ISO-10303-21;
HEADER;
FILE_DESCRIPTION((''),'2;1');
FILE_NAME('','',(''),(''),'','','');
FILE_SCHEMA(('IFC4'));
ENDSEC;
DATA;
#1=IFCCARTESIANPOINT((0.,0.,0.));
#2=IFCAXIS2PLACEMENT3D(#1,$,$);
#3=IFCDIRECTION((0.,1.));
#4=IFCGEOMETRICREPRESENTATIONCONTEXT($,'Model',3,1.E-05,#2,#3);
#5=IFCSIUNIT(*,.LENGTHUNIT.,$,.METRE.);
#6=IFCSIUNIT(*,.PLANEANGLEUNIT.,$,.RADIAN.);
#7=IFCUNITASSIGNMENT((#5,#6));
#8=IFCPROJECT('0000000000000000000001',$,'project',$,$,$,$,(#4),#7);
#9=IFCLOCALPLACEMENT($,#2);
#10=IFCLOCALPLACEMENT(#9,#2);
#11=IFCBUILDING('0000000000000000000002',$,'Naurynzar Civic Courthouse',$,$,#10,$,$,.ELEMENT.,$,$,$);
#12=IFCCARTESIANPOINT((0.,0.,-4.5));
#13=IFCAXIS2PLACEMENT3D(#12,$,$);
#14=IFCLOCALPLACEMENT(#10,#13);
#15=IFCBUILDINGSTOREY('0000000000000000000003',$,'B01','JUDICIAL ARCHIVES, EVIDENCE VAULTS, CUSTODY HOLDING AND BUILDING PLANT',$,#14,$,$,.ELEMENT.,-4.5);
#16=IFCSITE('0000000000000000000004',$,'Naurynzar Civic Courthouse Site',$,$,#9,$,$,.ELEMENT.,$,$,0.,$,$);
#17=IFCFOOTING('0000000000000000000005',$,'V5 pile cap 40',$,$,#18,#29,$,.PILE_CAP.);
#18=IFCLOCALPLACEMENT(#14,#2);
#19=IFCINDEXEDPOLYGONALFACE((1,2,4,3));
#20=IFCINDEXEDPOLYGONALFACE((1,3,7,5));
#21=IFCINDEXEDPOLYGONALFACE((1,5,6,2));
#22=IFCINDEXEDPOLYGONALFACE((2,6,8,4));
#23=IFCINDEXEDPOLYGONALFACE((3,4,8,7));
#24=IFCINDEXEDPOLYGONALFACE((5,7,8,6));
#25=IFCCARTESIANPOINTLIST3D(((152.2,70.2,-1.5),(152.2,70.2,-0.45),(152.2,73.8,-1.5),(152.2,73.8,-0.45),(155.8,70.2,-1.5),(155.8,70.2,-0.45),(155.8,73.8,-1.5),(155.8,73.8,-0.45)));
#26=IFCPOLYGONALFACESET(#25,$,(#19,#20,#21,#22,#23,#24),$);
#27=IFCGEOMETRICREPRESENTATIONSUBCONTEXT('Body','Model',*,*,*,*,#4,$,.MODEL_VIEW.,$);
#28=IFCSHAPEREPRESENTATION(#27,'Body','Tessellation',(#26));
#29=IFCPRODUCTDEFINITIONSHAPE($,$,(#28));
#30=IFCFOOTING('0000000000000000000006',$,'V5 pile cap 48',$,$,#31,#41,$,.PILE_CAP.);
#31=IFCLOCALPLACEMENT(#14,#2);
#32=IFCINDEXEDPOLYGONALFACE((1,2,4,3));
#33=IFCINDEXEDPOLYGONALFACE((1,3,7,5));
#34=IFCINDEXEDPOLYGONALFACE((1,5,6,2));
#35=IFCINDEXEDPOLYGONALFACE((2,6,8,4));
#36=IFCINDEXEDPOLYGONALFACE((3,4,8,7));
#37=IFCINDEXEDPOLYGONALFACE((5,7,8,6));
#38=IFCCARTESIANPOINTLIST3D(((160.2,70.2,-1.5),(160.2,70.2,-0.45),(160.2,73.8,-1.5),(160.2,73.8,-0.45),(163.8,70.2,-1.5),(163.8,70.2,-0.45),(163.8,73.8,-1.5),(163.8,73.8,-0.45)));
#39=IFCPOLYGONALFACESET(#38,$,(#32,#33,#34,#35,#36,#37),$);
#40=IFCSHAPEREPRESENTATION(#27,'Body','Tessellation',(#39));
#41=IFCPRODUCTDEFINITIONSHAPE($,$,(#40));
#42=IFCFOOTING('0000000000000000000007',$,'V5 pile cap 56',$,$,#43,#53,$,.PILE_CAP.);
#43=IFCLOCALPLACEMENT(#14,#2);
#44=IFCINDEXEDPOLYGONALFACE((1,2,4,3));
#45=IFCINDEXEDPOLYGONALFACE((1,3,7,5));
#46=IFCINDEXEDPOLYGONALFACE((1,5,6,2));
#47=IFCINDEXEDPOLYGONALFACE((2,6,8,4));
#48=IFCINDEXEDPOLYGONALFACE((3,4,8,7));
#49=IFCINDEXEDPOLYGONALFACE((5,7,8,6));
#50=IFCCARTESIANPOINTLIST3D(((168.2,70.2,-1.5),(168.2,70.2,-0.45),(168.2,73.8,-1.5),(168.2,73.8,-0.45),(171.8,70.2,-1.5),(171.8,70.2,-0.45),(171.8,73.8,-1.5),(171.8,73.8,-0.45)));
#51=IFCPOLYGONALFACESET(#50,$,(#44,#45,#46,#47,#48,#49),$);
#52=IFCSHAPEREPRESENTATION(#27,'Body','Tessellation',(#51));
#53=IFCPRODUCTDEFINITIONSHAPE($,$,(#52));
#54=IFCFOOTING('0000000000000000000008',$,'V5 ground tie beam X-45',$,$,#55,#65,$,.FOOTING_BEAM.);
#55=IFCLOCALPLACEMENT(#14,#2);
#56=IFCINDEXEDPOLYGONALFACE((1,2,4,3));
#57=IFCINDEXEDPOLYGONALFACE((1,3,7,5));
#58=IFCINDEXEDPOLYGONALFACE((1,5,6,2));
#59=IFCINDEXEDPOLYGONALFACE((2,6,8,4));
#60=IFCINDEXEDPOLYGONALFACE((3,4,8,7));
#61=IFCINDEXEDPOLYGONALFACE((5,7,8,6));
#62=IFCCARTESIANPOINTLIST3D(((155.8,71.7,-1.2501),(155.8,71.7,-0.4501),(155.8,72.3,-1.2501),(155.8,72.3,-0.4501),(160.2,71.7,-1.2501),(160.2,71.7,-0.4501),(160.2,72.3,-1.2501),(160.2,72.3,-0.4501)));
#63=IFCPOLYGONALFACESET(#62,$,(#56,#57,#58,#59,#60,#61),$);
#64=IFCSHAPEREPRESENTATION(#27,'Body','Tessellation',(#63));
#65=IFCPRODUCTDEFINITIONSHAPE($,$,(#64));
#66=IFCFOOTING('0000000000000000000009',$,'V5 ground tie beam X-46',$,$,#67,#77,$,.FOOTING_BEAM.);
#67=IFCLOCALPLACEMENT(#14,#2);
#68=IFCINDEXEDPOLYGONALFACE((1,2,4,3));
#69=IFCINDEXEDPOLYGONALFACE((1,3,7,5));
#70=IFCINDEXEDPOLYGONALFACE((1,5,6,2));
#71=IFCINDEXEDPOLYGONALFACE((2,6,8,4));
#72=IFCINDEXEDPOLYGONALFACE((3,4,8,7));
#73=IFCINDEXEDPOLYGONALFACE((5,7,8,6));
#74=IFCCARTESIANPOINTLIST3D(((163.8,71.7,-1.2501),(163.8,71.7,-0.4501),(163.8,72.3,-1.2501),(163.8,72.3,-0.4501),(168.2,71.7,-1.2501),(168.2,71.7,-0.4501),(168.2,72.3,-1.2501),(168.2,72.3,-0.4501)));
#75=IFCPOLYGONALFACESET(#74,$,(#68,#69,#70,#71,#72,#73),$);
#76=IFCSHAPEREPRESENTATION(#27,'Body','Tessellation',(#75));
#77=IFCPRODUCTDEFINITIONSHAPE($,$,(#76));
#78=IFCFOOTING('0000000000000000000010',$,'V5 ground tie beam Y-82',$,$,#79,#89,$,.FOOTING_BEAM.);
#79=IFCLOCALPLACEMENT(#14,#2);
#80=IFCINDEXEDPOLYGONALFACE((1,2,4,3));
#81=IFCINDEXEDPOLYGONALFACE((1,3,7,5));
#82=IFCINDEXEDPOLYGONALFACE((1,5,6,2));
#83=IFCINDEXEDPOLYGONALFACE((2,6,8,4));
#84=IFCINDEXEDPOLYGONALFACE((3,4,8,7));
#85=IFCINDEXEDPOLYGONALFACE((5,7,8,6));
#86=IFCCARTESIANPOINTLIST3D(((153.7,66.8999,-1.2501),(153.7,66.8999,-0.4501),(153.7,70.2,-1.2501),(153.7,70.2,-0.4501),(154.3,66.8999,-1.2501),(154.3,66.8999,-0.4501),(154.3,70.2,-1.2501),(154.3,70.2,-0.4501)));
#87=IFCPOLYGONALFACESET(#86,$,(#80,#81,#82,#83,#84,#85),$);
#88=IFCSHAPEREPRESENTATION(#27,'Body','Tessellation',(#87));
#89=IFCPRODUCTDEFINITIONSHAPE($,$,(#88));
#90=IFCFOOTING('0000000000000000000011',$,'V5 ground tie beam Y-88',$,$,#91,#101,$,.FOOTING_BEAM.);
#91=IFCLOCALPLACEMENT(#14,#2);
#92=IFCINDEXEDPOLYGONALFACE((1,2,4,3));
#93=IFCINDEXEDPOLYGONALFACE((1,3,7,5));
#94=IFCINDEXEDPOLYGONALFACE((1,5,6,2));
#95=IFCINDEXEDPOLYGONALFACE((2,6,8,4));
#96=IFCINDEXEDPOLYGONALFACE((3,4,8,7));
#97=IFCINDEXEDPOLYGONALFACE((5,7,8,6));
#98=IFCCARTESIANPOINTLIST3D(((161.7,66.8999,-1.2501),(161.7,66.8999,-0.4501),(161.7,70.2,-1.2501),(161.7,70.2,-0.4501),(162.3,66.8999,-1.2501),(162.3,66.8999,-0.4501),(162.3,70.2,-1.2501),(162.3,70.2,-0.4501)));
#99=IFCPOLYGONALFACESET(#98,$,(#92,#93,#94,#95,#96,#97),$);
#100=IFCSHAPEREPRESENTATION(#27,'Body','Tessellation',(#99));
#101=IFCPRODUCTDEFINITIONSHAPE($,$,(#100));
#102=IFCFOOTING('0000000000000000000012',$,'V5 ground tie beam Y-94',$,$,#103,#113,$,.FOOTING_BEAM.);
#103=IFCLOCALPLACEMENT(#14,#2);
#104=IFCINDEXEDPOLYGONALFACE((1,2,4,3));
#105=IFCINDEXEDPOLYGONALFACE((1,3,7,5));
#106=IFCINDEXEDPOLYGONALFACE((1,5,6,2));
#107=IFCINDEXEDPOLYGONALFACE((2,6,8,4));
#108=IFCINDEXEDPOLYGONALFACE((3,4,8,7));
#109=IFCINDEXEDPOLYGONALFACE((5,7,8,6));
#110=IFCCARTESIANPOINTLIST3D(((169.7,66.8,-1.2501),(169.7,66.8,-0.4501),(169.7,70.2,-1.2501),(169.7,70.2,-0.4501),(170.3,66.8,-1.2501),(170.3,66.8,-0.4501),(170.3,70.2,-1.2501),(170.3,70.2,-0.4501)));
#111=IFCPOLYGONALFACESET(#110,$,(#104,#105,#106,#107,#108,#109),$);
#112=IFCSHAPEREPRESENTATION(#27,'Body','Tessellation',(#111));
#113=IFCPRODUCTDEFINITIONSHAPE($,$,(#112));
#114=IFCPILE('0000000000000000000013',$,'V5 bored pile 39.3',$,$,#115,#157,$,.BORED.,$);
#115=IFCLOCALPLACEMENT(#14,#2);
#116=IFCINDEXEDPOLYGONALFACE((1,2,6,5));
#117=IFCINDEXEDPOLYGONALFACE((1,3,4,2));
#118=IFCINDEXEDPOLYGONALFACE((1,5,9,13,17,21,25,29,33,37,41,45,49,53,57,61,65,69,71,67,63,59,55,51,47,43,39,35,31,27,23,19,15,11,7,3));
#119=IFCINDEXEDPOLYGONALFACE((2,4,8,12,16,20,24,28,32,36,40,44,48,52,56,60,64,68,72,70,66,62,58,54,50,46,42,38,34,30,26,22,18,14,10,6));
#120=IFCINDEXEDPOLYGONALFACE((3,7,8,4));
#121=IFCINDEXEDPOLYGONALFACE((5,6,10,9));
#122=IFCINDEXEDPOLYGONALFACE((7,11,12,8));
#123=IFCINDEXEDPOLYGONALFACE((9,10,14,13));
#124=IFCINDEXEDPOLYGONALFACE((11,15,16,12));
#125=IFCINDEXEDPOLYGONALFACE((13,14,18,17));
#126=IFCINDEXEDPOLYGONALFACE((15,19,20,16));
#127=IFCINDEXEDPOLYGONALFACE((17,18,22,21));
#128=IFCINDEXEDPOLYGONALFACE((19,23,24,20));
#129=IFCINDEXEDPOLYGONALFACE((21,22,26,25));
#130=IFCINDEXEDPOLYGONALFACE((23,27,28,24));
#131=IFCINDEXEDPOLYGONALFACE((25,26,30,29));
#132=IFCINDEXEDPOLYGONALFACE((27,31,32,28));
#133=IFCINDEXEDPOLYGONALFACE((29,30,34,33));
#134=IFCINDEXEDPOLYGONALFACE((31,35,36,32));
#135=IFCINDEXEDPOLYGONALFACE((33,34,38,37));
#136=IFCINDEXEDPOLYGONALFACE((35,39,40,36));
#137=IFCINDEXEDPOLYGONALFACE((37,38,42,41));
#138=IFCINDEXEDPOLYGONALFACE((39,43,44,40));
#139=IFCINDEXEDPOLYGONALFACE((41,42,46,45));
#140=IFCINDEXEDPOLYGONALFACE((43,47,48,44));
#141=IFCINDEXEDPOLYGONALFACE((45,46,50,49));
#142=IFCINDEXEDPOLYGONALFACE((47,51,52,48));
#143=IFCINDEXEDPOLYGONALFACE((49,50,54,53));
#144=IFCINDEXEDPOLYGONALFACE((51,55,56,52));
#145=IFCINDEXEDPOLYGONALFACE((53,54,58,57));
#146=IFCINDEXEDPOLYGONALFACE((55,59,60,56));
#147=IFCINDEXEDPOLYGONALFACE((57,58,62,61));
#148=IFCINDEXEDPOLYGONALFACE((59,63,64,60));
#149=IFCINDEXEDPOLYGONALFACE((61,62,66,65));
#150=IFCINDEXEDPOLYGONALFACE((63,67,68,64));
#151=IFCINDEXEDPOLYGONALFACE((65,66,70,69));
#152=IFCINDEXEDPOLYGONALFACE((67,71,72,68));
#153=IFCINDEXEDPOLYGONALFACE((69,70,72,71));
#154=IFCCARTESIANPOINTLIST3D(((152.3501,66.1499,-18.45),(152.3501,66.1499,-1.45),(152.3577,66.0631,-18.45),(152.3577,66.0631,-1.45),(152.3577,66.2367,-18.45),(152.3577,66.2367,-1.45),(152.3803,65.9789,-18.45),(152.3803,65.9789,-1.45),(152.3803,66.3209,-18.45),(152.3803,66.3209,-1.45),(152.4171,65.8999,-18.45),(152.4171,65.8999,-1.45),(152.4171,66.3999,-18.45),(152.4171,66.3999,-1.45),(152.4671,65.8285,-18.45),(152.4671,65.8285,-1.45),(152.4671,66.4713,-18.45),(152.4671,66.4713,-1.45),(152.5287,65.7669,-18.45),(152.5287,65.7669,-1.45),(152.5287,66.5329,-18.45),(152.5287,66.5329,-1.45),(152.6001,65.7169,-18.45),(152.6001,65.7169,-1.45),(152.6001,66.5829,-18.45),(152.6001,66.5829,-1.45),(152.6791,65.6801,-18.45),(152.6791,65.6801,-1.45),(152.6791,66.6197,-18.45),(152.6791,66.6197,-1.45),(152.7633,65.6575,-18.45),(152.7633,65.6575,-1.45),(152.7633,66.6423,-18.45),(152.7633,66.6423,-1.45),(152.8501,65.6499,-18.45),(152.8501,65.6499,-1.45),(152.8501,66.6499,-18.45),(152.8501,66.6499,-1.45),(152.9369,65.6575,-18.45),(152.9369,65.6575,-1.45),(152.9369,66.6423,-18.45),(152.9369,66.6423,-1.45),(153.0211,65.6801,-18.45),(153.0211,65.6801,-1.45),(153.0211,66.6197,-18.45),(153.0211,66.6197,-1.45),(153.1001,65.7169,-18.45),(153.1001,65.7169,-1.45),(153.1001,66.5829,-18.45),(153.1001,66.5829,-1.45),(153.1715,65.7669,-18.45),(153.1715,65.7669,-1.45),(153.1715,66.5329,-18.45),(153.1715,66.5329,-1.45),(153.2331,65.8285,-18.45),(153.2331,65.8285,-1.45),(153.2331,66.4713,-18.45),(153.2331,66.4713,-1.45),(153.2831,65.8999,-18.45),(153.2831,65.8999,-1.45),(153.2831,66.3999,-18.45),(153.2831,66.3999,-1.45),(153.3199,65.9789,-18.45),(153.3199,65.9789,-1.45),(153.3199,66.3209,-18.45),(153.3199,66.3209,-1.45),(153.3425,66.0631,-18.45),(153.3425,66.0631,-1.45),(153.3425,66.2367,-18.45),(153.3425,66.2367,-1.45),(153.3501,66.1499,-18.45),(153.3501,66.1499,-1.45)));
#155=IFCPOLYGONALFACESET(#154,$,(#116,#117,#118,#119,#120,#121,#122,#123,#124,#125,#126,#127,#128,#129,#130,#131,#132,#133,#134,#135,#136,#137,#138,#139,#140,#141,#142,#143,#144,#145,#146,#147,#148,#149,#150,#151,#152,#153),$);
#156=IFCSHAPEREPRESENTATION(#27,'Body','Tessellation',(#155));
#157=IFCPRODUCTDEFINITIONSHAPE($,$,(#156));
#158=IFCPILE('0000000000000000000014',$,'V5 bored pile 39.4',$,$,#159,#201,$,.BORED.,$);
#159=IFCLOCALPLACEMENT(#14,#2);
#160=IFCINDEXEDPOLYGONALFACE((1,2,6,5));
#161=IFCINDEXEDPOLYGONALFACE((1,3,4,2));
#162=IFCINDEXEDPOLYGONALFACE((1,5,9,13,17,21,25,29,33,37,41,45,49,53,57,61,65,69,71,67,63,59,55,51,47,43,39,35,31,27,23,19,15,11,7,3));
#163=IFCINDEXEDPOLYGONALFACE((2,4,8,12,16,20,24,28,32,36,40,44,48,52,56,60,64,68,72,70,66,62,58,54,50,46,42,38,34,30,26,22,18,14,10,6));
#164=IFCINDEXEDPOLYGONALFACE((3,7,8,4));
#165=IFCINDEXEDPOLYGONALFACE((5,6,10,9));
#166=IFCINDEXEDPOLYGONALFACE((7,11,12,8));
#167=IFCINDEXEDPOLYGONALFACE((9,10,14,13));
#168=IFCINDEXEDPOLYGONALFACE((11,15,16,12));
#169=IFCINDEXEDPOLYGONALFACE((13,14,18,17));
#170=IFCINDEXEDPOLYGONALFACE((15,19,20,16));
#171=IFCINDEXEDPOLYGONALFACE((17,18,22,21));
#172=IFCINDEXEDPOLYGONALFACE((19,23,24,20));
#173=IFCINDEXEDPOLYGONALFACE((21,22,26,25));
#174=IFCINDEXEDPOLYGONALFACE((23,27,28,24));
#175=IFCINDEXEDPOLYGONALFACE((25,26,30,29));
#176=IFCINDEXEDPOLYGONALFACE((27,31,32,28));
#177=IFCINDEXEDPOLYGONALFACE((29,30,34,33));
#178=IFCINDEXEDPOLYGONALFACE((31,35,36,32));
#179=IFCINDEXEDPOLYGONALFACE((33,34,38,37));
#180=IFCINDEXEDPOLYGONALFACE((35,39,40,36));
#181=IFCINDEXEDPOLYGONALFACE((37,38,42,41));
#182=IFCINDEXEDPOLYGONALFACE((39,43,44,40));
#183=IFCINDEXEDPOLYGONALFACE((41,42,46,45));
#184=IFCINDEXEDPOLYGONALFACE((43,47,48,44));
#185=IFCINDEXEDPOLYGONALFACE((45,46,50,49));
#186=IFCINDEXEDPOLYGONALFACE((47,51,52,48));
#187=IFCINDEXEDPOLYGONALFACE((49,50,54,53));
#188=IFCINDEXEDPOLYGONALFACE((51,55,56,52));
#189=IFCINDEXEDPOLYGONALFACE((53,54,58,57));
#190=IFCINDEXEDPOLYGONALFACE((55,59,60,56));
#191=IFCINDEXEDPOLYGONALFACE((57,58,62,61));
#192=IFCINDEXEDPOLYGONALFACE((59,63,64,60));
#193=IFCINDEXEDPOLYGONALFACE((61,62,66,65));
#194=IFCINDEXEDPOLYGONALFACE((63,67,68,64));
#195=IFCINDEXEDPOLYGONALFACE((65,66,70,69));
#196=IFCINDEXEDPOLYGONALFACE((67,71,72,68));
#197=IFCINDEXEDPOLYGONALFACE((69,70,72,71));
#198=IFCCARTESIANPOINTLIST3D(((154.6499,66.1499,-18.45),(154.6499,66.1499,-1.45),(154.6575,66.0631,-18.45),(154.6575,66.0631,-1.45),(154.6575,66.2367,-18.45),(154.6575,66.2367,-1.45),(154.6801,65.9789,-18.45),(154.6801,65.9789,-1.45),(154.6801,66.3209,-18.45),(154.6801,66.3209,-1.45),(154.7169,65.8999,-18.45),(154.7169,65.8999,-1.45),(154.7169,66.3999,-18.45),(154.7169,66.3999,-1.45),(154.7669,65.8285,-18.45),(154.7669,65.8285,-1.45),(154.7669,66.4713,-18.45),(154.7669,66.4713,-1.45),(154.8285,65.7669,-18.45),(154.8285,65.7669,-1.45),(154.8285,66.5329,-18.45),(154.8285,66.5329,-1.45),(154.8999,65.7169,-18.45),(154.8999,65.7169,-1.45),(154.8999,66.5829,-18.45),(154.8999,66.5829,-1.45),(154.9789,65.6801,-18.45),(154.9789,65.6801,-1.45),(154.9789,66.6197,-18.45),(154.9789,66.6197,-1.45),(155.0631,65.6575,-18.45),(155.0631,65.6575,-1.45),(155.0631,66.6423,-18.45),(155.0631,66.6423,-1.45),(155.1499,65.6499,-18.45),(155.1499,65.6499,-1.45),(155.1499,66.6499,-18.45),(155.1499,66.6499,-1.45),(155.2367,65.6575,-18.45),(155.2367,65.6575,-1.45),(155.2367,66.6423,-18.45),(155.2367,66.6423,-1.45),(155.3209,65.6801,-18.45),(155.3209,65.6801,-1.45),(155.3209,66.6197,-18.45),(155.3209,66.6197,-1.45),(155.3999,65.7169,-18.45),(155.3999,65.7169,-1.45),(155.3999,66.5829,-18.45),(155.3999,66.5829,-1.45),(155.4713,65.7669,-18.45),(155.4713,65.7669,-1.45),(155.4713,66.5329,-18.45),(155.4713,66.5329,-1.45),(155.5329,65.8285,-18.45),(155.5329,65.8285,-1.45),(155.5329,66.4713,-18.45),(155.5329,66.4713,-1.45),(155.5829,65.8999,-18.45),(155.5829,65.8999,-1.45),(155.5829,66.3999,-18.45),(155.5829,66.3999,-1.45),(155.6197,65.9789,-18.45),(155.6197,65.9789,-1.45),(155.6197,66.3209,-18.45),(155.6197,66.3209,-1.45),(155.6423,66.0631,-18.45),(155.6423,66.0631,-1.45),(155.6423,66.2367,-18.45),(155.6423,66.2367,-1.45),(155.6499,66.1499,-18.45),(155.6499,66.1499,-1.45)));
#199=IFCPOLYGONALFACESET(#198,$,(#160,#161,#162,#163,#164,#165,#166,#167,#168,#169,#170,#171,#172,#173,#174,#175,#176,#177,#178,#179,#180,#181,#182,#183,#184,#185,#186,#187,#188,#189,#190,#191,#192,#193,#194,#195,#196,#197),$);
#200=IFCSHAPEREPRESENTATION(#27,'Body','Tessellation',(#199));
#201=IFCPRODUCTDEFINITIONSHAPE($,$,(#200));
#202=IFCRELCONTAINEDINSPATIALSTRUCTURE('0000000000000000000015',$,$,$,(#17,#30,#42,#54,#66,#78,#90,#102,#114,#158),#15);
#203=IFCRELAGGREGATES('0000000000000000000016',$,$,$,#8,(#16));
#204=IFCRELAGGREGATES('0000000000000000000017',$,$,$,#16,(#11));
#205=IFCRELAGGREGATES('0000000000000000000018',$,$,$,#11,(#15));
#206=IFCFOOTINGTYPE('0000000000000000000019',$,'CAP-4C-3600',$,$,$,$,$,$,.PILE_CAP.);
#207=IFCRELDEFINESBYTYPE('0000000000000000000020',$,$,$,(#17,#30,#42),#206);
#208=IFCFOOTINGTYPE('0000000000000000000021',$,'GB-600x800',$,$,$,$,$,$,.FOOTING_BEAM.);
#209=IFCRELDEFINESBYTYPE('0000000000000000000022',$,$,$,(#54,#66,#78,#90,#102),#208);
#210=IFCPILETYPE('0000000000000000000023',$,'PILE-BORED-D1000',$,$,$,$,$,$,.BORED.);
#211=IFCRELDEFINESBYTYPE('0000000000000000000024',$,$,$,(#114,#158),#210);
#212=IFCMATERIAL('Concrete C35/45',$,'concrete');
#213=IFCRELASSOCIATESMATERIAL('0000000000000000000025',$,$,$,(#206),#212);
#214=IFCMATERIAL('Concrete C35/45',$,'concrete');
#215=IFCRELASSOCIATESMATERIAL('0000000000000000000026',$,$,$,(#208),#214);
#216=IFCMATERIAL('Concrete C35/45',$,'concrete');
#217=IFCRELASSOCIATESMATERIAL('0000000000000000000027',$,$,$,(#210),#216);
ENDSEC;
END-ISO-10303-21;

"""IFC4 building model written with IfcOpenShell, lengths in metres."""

from ifc_helpers import new_model, si_unit, direction, frame, origin, origin_2d, place, context, subcontext, project, spatial, rectangle, circle, extrude, material, material_profile, profile_set, type_object, element, save


model = new_model("IFC4")

# Units and contexts
model_context = context("Model", 3, precision=1e-05, world=origin(), true_north=direction((0.0, 1.0)))
body_context = subcontext(model_context, "Body", "Model", "MODEL_VIEW")
ifc_project = project(units=[si_unit("LENGTHUNIT", "METRE"), si_unit("PLANEANGLEUNIT", "RADIAN")], contexts=[model_context])

# Site, building, storey
site_placement = place(None, origin())
site = spatial("IfcSite", under=ifc_project, at=site_placement, Name="Naurynzar Civic Courthouse Site", CompositionType="ELEMENT", RefElevation=0.0)
building_placement = place(site_placement, origin())
building = spatial("IfcBuilding", under=site, at=building_placement, Name="Naurynzar Civic Courthouse", CompositionType="ELEMENT")
storey_placement = place(building_placement, frame((0.0, 0.0, -4.5)))
storey = spatial("IfcBuildingStorey", under=building, at=storey_placement, Name="B01", Description="JUDICIAL ARCHIVES, EVIDENCE VAULTS, CUSTODY HOLDING AND BUILDING PLANT", CompositionType="ELEMENT", Elevation=-4.5)

# Footings
ifc_material_1 = material(Name="Concrete C35/45", Category="concrete")
footing_type_1 = type_object("IfcFootingType", Name="CAP-4C-3600", PredefinedType="PILE_CAP", material=ifc_material_1)
for number, where, z_axis, x_axis, name in (
    (1, (154.0, 72.0, -1.5), (0.0, 0.0, 1.0), (1.0, 0.0, 0.0), "V5 pile cap 40"),
    (2, (162.0, 72.0, -1.5), (0.0, 0.0, 1.0), (1.0, 0.0, 0.0), "V5 pile cap 48"),
    (3, (170.0, 72.0, -1.5), (0.0, 0.0, 1.0), (1.0, 0.0, 0.0), "V5 pile cap 56"),
):
    element("IfcFooting", number, at=place(storey_placement, frame(where, z_axis=z_axis, x_axis=x_axis)), inside=storey, type_object=footing_type_1, Name=name, PredefinedType="PILE_CAP", context=body_context, shape_type="SweptSolid", body=[
        extrude(rectangle(XDim=3.6001, YDim=3.6001, at=origin_2d()), origin(), (0.0, 0.0, 1.0), 1.05),
    ])
ifc_material_2 = material(Name="Concrete C35/45", Category="concrete")
ifc_material_profile_1 = material_profile(ifc_material_2, rectangle(XDim=0.6001, YDim=0.8, at=origin_2d()), Name="GB 600x800")
ifc_profile_set_1 = profile_set([ifc_material_profile_1], Name="Concrete C35/45")
footing_type_2 = type_object("IfcFootingType", Name="GB-600x800", PredefinedType="FOOTING_BEAM", material=ifc_profile_set_1)
for number, where, z_axis, x_axis, name in (
    (4, (155.8, 72.0, -0.8501), (1.0, 0.0, 0.0), (0.0, 1.0, 0.0), "V5 ground tie beam X-45"),
    (5, (163.8, 72.0, -0.8501), (1.0, 0.0, 0.0), (0.0, 1.0, 0.0), "V5 ground tie beam X-46"),
):
    element("IfcFooting", number, at=place(storey_placement, frame(where, z_axis=z_axis, x_axis=x_axis)), inside=storey, type_object=footing_type_2, Name=name, PredefinedType="FOOTING_BEAM", context=body_context, shape_type="SweptSolid", body=[
        extrude(rectangle(XDim=0.6001, YDim=0.8, at=origin_2d()), origin(), (0.0, 0.0, 1.0), 4.3999),
    ])
for number, where, z_axis, x_axis, name in (
    (6, (154.0, 66.8999, -0.8501), (0.0, 1.0, 0.0), (-1.0, 0.0, 0.0), "V5 ground tie beam Y-82"),
    (7, (162.0, 66.8999, -0.8501), (0.0, 1.0, 0.0), (-1.0, 0.0, 0.0), "V5 ground tie beam Y-88"),
):
    element("IfcFooting", number, at=place(storey_placement, frame(where, z_axis=z_axis, x_axis=x_axis)), inside=storey, type_object=footing_type_2, Name=name, PredefinedType="FOOTING_BEAM", context=body_context, shape_type="SweptSolid", body=[
        extrude(rectangle(XDim=0.6001, YDim=0.8, at=origin_2d()), origin(), (0.0, 0.0, 1.0), 3.3),
    ])
footing_placement = place(storey_placement, frame((170.0, 66.8, -0.8501), z_axis=(0.0, 1.0, 0.0), x_axis=(-1.0, 0.0, 0.0)))
element("IfcFooting", 8, at=footing_placement, inside=storey, type_object=footing_type_2, Name="V5 ground tie beam Y-94", PredefinedType="FOOTING_BEAM", context=body_context, shape_type="SweptSolid", body=[
    extrude(rectangle(XDim=0.6001, YDim=0.8, at=origin_2d()), origin(), (0.0, 0.0, 1.0), 3.3999),
])

# Piles
ifc_material_3 = material(Name="Concrete C35/45", Category="concrete")
ifc_material_profile_2 = material_profile(ifc_material_3, circle(Radius=0.5, at=origin_2d()), Name="PILE D1000")
ifc_profile_set_2 = profile_set([ifc_material_profile_2], Name="Concrete C35/45")
pile_type_1 = type_object("IfcPileType", Name="PILE-BORED-D1000", PredefinedType="BORED", material=ifc_profile_set_2)
for number, where, z_axis, x_axis, name in (
    (9, (152.8501, 66.1499, -1.45), (0.0, 0.0, -1.0), (1.0, 0.0, 0.0), "V5 bored pile 39.3"),
    (10, (155.1499, 66.1499, -1.45), (0.0, 0.0, -1.0), (1.0, 0.0, 0.0), "V5 bored pile 39.4"),
):
    element("IfcPile", number, at=place(storey_placement, frame(where, z_axis=z_axis, x_axis=x_axis)), inside=storey, type_object=pile_type_1, Name=name, PredefinedType="BORED", context=body_context, shape_type="SweptSolid", body=[
        extrude(circle(Radius=0.5, at=origin_2d()), origin(), (0.0, 0.0, 1.0), 17.0),
    ])

save(model, "model.ifc")
